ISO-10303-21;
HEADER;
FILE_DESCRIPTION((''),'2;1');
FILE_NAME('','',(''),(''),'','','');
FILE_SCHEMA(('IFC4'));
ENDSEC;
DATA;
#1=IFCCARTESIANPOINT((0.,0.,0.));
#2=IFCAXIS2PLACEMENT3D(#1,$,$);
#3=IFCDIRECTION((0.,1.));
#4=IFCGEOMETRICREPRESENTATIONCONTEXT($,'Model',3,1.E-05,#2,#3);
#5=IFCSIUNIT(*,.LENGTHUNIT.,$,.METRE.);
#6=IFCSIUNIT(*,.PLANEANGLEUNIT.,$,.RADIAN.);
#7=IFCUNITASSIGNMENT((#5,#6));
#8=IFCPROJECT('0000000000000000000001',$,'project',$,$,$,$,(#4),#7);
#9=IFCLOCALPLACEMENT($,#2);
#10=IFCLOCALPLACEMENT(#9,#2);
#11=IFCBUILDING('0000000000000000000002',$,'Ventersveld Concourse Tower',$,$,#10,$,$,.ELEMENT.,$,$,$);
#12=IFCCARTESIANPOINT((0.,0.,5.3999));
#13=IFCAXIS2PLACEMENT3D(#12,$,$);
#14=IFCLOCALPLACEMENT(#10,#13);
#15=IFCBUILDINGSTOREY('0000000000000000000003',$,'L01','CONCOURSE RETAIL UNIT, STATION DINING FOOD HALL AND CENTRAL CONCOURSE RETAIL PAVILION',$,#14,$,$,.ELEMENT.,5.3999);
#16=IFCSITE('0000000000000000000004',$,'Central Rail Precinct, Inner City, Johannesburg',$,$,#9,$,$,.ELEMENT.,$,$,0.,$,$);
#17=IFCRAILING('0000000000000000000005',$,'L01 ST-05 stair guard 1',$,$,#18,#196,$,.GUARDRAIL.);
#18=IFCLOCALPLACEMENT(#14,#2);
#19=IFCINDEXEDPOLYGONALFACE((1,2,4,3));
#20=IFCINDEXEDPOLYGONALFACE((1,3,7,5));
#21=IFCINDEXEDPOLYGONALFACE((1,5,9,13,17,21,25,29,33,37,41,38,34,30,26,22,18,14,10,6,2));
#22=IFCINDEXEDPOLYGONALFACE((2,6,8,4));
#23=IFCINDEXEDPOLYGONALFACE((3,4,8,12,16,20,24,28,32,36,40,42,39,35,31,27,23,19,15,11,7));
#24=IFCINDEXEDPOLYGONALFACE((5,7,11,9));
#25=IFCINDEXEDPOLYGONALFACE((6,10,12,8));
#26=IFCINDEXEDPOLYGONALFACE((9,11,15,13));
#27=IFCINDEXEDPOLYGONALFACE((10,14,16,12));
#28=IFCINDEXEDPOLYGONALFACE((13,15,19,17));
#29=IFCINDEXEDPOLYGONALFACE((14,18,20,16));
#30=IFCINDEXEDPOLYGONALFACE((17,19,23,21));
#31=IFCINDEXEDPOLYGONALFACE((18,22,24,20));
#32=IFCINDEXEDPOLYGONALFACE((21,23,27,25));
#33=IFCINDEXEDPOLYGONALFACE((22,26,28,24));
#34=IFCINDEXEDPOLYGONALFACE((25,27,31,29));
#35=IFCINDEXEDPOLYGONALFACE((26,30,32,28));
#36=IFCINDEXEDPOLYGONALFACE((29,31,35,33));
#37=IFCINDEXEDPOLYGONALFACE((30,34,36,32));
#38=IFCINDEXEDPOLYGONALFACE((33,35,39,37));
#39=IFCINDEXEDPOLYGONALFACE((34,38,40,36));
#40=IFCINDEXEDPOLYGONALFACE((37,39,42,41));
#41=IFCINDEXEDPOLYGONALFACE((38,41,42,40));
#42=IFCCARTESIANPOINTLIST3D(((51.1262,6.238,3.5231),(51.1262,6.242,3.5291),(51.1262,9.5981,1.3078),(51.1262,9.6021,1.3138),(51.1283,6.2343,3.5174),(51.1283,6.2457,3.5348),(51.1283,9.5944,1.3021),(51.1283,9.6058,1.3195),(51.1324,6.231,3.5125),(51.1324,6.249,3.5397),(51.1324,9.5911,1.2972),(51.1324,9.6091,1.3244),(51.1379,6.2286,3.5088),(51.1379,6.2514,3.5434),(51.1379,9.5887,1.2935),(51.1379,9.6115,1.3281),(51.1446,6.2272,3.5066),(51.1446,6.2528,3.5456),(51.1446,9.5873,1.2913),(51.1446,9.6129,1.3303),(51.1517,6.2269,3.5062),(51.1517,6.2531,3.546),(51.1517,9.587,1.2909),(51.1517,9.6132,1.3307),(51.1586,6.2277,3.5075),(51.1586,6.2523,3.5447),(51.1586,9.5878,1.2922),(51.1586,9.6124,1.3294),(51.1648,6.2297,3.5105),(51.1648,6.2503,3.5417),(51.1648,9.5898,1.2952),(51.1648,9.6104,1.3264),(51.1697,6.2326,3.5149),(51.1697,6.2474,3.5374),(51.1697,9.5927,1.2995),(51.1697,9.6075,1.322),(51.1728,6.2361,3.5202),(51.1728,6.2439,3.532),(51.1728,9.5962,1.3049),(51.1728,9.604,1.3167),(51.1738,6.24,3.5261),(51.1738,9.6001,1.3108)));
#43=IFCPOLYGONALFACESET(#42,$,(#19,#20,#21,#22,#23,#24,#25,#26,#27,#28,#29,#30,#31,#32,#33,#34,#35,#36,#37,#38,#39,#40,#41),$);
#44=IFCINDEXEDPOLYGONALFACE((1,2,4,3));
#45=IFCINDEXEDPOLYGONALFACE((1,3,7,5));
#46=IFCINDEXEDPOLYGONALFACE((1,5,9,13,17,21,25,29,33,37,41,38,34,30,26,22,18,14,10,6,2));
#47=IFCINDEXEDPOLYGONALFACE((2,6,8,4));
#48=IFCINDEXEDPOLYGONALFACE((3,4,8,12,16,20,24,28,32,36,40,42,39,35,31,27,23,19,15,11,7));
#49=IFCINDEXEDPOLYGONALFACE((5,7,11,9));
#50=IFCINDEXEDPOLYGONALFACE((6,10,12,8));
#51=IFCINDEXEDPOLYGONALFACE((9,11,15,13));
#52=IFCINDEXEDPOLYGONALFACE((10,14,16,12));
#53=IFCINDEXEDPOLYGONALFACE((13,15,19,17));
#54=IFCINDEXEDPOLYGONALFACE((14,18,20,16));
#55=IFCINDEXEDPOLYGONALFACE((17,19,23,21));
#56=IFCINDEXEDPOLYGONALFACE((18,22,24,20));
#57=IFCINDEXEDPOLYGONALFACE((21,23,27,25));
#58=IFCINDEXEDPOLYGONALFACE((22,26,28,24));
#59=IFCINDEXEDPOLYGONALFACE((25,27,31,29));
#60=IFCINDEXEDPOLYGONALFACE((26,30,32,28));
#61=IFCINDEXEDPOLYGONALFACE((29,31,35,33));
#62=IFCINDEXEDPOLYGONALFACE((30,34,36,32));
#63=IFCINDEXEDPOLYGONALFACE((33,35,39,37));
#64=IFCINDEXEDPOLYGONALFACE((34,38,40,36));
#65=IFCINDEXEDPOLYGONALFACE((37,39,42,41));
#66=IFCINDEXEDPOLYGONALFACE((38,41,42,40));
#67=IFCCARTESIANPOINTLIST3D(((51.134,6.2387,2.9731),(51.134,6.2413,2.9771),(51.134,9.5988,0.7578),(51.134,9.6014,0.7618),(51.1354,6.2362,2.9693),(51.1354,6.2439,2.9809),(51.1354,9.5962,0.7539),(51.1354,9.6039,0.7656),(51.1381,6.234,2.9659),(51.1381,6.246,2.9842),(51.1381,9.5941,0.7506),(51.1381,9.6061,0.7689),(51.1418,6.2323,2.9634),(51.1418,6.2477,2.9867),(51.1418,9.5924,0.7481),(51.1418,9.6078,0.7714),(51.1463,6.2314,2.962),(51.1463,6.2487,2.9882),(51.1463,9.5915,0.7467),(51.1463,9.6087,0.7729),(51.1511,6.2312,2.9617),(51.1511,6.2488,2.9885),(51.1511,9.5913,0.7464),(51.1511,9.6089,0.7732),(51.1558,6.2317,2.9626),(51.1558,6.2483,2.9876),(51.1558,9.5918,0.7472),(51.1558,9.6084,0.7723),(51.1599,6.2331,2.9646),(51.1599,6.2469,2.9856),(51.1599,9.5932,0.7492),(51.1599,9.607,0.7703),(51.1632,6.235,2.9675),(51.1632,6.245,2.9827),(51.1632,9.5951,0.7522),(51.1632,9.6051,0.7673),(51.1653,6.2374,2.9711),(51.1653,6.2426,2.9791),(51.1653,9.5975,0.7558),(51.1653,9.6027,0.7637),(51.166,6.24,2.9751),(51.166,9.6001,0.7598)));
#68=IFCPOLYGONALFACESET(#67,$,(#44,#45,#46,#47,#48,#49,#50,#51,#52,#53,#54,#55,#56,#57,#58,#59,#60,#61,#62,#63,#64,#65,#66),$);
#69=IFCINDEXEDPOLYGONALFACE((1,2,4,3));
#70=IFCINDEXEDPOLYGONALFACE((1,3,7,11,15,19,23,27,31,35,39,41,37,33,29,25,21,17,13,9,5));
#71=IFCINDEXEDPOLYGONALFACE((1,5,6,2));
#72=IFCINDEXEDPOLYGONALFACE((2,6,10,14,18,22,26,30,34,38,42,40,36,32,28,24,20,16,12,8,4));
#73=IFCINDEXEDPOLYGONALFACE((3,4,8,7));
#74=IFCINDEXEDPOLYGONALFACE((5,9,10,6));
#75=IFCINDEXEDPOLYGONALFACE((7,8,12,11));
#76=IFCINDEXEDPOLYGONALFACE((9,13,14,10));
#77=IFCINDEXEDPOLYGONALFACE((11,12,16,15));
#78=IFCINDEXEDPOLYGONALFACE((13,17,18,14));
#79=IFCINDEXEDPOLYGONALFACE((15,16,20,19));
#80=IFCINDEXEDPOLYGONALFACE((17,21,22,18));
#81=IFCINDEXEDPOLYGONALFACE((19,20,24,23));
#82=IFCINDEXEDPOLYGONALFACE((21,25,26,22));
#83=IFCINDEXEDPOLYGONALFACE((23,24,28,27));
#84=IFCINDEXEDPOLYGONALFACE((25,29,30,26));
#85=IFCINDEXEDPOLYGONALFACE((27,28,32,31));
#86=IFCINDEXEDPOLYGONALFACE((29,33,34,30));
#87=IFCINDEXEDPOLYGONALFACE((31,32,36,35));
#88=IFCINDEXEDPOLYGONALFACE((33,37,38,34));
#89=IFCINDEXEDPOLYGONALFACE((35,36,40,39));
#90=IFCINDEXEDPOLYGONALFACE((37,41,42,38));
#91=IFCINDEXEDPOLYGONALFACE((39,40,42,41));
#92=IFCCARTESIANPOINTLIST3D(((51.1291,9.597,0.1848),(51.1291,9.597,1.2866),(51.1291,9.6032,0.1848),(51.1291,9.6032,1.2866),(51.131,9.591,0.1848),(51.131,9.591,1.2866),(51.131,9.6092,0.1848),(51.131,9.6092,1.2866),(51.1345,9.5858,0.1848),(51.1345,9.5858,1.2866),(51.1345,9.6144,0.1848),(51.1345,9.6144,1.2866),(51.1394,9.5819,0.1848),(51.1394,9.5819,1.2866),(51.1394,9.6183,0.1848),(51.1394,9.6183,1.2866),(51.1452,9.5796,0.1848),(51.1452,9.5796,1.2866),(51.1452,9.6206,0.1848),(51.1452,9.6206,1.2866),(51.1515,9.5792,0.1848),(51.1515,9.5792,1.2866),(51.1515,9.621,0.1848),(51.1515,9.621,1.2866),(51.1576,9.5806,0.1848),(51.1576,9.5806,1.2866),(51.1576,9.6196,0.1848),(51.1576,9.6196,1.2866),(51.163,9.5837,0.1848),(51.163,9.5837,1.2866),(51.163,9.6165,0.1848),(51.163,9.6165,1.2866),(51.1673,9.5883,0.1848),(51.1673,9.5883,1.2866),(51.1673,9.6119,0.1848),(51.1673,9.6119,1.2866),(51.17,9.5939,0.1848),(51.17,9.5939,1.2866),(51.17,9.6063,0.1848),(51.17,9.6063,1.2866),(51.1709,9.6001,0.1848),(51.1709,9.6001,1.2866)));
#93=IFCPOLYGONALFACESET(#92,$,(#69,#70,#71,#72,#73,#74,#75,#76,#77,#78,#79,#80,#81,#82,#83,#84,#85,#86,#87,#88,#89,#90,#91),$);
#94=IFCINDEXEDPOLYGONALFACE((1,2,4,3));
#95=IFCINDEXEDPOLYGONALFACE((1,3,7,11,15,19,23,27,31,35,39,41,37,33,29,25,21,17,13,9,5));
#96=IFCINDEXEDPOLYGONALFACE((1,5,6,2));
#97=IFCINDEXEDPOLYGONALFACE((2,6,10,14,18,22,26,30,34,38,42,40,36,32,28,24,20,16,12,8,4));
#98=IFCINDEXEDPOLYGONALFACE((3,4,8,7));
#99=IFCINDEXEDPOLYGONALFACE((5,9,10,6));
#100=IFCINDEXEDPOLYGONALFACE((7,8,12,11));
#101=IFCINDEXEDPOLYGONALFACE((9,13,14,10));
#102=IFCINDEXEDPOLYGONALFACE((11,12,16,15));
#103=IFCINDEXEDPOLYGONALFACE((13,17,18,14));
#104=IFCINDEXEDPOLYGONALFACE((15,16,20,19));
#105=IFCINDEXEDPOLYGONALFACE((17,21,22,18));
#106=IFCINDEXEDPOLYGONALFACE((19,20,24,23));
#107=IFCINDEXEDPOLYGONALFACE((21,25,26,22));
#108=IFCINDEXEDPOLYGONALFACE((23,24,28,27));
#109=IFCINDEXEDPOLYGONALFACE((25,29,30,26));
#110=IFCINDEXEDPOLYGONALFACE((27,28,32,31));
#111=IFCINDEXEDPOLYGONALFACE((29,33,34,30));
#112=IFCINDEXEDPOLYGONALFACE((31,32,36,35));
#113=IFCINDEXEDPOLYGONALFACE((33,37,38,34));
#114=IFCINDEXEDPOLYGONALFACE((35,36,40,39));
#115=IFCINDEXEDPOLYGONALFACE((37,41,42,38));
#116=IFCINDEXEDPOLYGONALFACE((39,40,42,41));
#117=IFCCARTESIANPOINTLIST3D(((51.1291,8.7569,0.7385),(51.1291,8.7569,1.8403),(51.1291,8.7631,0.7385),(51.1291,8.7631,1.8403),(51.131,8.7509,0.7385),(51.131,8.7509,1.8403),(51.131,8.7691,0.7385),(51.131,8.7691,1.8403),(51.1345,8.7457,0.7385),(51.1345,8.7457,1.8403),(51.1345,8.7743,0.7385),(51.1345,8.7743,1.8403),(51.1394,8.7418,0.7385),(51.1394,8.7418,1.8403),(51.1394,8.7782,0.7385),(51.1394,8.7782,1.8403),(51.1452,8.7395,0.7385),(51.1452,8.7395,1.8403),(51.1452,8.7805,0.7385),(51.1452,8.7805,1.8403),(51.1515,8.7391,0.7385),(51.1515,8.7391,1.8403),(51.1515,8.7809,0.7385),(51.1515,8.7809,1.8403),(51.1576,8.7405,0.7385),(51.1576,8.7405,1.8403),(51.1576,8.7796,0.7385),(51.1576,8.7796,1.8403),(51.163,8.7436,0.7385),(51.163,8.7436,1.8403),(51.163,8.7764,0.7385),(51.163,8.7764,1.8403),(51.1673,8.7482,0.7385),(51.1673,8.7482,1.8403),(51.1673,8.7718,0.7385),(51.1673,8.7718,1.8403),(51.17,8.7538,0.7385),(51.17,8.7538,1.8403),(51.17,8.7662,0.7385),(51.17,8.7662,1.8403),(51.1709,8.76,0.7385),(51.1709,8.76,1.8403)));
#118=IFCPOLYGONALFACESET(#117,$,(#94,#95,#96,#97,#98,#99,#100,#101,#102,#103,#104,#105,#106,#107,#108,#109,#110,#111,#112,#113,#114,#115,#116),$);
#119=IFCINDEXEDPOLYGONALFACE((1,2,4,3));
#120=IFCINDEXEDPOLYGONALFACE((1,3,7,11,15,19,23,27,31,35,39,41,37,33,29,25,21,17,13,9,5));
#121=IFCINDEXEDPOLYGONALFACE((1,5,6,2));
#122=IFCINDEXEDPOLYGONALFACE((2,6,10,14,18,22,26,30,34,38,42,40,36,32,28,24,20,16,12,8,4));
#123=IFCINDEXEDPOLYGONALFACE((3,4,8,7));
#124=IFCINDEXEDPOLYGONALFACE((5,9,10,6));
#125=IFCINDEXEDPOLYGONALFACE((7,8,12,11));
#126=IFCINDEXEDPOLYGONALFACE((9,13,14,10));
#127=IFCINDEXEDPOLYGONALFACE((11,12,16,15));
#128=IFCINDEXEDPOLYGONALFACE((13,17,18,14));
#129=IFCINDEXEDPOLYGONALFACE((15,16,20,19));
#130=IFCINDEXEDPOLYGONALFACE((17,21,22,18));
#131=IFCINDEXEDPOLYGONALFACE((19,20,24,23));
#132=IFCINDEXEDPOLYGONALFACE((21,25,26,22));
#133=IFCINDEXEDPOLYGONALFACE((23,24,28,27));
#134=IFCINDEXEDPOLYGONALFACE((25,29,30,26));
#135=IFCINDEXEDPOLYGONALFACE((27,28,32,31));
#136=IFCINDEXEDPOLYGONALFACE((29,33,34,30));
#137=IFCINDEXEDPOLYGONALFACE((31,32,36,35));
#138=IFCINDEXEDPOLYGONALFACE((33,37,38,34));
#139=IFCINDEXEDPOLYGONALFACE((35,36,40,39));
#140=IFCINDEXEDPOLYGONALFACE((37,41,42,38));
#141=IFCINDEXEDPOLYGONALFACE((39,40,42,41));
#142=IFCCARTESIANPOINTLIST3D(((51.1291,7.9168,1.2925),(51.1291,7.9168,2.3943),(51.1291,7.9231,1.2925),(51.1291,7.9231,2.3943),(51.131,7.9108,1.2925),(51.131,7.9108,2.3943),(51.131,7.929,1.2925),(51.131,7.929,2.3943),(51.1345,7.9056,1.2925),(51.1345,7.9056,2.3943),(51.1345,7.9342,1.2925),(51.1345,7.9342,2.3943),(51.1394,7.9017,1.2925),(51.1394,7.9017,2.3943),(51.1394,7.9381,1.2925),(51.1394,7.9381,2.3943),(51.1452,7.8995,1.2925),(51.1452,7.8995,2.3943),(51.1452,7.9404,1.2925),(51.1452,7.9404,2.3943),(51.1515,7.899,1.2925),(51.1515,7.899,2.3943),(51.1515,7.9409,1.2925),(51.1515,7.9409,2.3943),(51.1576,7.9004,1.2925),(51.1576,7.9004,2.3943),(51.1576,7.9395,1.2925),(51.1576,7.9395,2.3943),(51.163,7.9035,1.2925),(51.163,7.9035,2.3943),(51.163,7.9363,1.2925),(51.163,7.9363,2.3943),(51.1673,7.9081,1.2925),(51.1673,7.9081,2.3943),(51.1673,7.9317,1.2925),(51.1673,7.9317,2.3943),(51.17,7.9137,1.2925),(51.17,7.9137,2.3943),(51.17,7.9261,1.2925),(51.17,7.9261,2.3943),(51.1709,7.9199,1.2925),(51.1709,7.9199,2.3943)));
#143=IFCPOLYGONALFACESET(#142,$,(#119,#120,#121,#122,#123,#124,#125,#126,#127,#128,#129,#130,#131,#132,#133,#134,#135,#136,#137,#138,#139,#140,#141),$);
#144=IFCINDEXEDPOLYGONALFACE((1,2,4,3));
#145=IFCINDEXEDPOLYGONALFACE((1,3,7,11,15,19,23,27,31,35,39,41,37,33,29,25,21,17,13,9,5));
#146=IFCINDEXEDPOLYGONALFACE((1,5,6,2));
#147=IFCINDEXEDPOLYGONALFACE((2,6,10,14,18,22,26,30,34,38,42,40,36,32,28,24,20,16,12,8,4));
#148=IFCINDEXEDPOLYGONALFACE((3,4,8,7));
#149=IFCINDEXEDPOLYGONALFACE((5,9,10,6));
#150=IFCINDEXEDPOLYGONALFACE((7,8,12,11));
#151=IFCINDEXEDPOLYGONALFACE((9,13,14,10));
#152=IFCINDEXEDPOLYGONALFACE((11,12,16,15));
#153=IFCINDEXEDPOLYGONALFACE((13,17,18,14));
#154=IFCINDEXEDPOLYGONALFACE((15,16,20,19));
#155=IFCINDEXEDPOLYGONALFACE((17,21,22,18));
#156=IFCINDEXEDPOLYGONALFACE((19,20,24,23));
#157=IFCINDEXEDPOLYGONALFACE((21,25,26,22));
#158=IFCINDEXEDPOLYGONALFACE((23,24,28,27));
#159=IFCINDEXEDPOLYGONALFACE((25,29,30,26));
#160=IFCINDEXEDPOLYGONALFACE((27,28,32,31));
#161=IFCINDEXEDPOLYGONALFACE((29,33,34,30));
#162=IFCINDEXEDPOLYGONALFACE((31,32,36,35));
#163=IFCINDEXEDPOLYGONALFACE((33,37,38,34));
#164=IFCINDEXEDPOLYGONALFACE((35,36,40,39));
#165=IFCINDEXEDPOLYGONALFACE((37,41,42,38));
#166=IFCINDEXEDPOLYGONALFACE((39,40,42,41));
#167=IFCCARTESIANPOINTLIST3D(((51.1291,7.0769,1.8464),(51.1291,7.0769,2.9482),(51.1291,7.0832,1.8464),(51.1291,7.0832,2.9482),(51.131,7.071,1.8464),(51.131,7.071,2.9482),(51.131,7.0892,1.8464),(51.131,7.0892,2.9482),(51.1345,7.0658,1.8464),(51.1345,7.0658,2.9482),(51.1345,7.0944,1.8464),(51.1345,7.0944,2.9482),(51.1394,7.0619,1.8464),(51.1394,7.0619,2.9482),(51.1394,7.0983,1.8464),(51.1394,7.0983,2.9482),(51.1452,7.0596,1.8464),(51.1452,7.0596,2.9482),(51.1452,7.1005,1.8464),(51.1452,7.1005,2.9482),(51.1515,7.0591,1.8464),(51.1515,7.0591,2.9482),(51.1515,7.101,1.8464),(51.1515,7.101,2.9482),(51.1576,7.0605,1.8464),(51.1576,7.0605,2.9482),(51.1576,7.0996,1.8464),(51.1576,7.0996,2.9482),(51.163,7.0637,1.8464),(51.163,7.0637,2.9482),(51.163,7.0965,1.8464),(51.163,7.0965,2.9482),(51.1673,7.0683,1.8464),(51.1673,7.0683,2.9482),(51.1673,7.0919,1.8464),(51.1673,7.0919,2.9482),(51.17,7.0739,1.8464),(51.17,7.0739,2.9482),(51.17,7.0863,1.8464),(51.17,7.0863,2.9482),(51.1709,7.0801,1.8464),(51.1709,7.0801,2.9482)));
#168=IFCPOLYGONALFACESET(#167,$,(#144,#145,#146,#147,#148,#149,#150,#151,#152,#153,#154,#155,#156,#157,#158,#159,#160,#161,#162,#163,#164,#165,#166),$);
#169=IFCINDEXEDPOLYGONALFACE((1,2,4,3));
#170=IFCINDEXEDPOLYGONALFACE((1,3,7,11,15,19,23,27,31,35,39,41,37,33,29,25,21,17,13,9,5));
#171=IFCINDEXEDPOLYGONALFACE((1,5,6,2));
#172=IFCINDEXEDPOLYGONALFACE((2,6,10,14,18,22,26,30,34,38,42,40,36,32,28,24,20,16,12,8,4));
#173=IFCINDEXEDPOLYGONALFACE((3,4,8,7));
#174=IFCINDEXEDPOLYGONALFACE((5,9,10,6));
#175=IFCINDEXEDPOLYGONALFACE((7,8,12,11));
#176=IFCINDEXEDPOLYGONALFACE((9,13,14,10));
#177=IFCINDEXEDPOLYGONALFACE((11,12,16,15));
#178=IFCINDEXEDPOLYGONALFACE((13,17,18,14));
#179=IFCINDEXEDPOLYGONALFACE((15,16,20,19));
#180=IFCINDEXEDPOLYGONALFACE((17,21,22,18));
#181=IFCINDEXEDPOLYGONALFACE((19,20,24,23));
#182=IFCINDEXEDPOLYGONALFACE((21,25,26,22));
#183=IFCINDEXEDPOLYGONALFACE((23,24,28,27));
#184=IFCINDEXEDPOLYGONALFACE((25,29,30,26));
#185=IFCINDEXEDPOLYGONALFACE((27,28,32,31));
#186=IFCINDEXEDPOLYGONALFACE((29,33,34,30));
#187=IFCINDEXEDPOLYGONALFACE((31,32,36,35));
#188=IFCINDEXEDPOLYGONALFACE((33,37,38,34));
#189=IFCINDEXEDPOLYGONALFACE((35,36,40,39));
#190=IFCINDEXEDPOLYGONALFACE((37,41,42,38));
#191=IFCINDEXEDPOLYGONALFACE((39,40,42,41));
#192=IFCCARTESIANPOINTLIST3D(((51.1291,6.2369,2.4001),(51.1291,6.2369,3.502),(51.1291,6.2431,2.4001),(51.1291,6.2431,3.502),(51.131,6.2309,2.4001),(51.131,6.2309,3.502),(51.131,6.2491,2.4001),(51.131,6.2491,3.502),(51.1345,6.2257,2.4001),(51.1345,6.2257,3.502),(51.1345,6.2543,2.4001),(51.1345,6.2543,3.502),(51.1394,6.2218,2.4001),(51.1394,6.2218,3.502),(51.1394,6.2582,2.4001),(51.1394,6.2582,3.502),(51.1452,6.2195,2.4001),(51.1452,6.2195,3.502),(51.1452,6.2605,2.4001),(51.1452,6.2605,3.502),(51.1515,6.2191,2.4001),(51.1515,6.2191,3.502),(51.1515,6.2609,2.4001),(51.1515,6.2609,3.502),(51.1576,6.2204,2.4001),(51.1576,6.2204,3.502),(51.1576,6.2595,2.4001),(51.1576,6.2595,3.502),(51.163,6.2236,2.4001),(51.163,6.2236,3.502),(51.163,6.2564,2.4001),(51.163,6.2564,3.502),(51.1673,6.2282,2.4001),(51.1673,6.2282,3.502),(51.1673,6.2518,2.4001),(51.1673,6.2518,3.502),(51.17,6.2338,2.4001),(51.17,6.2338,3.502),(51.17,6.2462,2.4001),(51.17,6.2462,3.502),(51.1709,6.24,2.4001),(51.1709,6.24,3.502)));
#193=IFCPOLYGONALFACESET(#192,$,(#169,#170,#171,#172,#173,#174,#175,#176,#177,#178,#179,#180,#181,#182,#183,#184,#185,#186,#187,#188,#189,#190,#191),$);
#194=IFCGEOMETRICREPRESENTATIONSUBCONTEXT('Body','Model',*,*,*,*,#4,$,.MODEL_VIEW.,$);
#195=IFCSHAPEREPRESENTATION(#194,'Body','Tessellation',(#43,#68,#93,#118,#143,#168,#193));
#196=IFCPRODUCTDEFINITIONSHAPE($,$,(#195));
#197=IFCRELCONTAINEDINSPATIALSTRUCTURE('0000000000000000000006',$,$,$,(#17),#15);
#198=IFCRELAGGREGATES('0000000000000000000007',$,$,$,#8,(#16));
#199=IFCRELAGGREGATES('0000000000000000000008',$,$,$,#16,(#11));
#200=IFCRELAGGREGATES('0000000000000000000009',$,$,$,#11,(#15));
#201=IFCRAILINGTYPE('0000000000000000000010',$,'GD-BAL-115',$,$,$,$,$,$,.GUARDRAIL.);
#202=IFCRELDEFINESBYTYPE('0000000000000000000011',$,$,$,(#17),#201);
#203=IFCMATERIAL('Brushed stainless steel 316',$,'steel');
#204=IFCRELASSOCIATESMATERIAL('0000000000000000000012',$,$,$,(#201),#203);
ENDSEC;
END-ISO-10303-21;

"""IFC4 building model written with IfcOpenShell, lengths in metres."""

from ifc_helpers import new_model, si_unit, direction, frame, origin, origin_2d, place, context, subcontext, project, spatial, circle, extrude, material, type_object, element, save


model = new_model("IFC4")

# Units and contexts
model_context = context("Model", 3, precision=1e-05, world=origin(), true_north=direction((0.0, 1.0)))
body_context = subcontext(model_context, "Body", "Model", "MODEL_VIEW")
ifc_project = project(units=[si_unit("LENGTHUNIT", "METRE"), si_unit("PLANEANGLEUNIT", "RADIAN")], contexts=[model_context])

# Site, building, storey
site_placement = place(None, origin())
site = spatial("IfcSite", under=ifc_project, at=site_placement, Name="Central Rail Precinct, Inner City, Johannesburg", CompositionType="ELEMENT", RefElevation=0.0)
building_placement = place(site_placement, origin())
building = spatial("IfcBuilding", under=site, at=building_placement, Name="Ventersveld Concourse Tower", CompositionType="ELEMENT")
storey_placement = place(building_placement, frame((0.0, 0.0, 5.3999)))
storey = spatial("IfcBuildingStorey", under=building, at=storey_placement, Name="L01", Description="CONCOURSE RETAIL UNIT, STATION DINING FOOD HALL AND CENTRAL CONCOURSE RETAIL PAVILION", CompositionType="ELEMENT", Elevation=5.3999)

# Railing
ifc_material_1 = material(Name="Brushed stainless steel 316", Category="steel")
railing_type_1 = type_object("IfcRailingType", Name="GD-BAL-115", PredefinedType="GUARDRAIL", material=ifc_material_1)
railing_1_placement = place(storey_placement, frame((51.1499, 9.6001, 0.1848)))
element("IfcRailing", 1, at=railing_1_placement, inside=storey, type_object=railing_type_1, Name="L01 ST-05 stair guard 1", PredefinedType="GUARDRAIL", context=body_context, shape_type="SweptSolid", body=[
    extrude(circle(Radius=0.0239, at=origin_2d()), frame((0.0, 0.0, 1.126), z_axis=(0.0, -0.834876, 0.550437), x_axis=(1.0, 0.0, 0.0)), (0.0, 0.0, 1.0), 4.0247),
    extrude(circle(Radius=0.0161, at=origin_2d()), frame((0.0, 0.0, 0.575), z_axis=(0.0, -0.834876, 0.550437), x_axis=(1.0, 0.0, 0.0)), (0.0, 0.0, 1.0), 4.0247),
    extrude(circle(Radius=0.021, at=origin_2d()), origin(), (0.0, 0.0, 1.0), 1.1018),
    extrude(circle(Radius=0.021, at=origin_2d()), frame((0.0, -0.8401, 0.5537)), (0.0, 0.0, 1.0), 1.1018),
    extrude(circle(Radius=0.021, at=origin_2d()), frame((0.0, -1.6802, 1.1077)), (0.0, 0.0, 1.0), 1.1018),
    extrude(circle(Radius=0.021, at=origin_2d()), frame((0.0, -2.52, 1.6616)), (0.0, 0.0, 1.0), 1.1018),
    extrude(circle(Radius=0.021, at=origin_2d()), frame((0.0, -3.3601, 2.2153)), (0.0, 0.0, 1.0), 1.1018),
])

save(model, "model.ifc")
